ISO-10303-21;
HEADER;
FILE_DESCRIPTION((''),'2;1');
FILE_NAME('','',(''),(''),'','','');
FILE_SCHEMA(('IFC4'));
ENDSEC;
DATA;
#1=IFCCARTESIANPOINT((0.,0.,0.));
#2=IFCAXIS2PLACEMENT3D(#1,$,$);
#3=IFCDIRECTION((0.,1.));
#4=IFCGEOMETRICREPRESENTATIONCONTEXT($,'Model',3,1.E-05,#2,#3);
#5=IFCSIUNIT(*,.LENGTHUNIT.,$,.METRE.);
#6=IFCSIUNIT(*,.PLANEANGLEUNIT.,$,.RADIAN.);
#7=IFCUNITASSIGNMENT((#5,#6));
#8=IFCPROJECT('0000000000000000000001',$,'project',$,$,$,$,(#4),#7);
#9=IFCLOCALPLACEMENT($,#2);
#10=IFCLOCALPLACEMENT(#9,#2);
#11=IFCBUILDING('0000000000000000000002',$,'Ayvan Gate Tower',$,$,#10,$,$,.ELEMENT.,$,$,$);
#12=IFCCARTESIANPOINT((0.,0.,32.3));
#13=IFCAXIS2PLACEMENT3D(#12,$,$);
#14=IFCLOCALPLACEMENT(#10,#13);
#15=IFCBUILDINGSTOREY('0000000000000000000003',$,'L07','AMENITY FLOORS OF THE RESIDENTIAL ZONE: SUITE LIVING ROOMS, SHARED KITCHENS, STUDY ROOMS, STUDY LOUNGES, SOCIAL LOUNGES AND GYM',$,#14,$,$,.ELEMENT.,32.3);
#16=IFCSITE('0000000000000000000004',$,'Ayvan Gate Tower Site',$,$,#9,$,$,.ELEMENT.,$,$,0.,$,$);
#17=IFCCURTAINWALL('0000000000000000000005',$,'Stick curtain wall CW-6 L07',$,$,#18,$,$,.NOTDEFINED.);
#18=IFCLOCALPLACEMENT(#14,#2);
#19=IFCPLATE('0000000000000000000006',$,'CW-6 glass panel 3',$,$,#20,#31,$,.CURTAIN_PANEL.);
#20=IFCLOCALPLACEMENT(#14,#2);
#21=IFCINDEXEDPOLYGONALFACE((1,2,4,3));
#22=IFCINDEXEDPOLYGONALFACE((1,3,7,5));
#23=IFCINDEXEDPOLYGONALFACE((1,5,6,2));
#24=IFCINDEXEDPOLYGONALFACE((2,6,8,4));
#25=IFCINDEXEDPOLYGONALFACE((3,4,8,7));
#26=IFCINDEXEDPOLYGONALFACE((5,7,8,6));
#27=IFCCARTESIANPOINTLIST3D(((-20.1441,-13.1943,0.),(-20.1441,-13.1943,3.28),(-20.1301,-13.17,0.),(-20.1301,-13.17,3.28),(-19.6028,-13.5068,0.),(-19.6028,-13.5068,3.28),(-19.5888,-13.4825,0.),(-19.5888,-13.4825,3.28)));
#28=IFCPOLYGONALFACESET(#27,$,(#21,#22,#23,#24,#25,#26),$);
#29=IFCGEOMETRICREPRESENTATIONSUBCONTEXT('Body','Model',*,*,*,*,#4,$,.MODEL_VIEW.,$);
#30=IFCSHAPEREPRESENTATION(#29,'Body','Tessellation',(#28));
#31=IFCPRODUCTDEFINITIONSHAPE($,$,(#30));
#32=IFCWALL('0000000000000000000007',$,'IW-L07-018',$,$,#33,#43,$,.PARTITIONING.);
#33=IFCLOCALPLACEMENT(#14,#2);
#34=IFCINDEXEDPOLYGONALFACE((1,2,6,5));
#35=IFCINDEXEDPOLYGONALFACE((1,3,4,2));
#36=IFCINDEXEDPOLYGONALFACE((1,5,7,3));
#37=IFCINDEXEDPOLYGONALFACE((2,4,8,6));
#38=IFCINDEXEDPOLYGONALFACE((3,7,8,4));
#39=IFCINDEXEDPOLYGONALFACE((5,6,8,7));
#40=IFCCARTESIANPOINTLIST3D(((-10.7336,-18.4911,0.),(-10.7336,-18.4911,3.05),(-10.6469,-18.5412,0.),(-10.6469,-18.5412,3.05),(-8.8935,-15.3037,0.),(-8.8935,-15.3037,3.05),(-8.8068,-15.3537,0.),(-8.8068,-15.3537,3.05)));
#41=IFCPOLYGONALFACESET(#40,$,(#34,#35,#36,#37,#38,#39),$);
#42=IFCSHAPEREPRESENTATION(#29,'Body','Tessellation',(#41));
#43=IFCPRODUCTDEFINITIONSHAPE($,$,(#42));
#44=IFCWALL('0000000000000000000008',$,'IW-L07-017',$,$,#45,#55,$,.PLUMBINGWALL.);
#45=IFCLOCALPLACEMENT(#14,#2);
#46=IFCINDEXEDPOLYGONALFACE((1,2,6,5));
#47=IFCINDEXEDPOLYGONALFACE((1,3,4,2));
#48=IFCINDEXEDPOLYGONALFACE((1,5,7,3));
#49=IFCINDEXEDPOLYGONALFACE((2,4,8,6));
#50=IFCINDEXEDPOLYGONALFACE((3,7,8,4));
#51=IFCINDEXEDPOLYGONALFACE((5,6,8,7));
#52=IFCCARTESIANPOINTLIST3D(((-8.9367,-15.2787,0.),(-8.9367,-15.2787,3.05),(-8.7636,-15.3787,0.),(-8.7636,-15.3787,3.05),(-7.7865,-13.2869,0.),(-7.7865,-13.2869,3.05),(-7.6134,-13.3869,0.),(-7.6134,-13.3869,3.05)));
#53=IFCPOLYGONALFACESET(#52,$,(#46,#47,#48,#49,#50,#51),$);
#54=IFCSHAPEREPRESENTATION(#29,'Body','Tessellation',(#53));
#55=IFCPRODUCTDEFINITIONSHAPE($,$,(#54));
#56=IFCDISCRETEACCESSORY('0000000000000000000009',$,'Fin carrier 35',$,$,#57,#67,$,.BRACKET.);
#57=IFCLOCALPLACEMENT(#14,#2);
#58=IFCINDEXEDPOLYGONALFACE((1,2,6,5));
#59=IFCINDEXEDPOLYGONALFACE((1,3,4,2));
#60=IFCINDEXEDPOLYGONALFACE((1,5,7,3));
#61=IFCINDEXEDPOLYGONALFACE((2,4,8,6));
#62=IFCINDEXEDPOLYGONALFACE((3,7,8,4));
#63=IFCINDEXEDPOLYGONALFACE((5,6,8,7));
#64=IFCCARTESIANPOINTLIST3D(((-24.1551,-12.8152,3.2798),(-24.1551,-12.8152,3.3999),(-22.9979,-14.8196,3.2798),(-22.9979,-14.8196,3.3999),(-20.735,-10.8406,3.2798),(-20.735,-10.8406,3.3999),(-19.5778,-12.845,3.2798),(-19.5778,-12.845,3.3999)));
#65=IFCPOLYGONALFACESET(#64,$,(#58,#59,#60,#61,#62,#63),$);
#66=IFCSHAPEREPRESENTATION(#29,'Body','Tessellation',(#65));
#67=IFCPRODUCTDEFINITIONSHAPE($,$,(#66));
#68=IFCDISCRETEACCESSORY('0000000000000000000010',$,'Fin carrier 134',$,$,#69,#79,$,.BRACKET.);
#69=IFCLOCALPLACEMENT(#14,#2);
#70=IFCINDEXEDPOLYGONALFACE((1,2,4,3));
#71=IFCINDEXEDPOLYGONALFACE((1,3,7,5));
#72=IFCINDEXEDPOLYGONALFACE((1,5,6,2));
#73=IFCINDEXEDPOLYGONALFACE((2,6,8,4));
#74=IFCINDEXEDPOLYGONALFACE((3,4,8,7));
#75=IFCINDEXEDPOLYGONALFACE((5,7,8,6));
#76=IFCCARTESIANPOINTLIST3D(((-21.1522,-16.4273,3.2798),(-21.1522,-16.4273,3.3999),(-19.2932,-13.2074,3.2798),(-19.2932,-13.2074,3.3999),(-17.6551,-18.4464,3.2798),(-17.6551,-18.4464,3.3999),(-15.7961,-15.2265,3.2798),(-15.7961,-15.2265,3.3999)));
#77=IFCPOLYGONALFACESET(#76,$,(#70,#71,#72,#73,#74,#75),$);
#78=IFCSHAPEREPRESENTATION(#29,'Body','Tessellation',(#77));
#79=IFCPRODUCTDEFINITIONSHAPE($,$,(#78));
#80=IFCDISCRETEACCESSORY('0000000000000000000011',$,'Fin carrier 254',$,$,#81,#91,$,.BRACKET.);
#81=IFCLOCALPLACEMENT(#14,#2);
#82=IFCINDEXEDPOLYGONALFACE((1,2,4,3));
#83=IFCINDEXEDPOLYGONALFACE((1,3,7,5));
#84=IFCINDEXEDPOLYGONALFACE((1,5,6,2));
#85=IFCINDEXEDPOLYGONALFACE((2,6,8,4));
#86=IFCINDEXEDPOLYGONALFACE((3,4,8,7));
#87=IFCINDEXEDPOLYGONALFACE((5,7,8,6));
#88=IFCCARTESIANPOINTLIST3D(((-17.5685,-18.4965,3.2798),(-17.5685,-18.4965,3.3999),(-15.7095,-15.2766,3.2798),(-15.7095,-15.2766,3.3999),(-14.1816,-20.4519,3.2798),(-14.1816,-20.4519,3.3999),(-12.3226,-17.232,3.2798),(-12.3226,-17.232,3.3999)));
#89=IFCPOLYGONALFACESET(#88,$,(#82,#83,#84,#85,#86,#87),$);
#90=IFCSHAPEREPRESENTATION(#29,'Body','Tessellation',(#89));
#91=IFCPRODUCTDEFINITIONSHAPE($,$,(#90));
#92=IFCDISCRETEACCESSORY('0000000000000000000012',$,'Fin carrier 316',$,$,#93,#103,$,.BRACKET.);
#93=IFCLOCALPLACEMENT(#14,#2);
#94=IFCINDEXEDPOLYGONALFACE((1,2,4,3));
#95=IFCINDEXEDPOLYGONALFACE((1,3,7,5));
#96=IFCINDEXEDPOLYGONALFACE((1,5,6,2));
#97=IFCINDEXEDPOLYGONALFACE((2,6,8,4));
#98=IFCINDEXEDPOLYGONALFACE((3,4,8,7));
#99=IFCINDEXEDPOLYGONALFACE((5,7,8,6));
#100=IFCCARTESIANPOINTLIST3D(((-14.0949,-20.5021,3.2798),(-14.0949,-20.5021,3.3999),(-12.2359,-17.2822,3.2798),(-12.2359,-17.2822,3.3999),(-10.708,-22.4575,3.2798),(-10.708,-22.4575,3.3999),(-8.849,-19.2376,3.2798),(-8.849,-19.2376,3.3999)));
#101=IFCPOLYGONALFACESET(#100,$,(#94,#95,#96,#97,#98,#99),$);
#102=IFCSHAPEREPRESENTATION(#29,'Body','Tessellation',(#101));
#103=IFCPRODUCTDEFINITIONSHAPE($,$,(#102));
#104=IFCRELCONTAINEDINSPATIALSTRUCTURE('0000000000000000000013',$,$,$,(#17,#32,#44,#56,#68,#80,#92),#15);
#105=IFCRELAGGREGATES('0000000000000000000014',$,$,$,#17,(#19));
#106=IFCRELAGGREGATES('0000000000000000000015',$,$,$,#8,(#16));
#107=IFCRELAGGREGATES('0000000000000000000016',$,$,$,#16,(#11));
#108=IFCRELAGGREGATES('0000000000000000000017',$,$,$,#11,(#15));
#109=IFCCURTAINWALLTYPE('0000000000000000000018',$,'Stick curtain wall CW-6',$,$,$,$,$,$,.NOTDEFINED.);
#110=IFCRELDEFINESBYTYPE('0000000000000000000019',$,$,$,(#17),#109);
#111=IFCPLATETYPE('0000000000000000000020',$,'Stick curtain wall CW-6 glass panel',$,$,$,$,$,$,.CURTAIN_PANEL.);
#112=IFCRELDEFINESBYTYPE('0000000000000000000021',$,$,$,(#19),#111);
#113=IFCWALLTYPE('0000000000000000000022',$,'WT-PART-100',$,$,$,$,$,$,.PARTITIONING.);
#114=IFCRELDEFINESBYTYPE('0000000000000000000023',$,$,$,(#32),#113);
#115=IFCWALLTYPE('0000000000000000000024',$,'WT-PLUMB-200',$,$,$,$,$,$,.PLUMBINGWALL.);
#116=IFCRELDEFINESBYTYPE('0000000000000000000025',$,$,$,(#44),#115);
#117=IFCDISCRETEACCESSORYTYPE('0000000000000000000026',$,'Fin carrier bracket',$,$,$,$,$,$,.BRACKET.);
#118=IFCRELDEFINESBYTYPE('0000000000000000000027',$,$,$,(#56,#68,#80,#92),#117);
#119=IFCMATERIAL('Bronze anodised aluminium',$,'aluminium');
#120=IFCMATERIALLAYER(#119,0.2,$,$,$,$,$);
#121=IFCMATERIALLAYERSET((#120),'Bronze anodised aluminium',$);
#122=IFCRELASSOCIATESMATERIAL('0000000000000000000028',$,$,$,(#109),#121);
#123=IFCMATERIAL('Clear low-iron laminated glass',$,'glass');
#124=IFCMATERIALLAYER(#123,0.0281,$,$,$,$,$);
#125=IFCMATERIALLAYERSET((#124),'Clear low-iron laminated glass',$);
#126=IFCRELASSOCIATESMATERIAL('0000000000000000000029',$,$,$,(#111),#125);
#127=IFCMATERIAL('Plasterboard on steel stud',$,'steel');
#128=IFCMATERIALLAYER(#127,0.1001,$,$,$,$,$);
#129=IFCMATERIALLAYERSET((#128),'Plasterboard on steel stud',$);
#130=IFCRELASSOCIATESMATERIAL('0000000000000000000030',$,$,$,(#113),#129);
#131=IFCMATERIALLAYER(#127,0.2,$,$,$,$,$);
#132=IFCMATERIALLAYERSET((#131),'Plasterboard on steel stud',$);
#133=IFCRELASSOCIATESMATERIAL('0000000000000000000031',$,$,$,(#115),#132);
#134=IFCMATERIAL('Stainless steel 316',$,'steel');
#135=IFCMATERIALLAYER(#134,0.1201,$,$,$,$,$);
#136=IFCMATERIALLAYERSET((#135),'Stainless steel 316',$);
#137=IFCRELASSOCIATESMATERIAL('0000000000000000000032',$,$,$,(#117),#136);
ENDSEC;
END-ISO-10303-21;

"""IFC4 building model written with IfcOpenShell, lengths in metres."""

from ifc_helpers import new_model, si_unit, direction, frame, frame_2d, origin, origin_2d, place, context, subcontext, project, spatial, rectangle, extrude, material, layer, layer_set, type_object, element, aggregate, save


model = new_model("IFC4")

# Units and contexts
model_context = context("Model", 3, precision=1e-05, world=origin(), true_north=direction((0.0, 1.0)))
body_context = subcontext(model_context, "Body", "Model", "MODEL_VIEW")
ifc_project = project(units=[si_unit("LENGTHUNIT", "METRE"), si_unit("PLANEANGLEUNIT", "RADIAN")], contexts=[model_context])

# Site, building, storey
site_placement = place(None, origin())
site = spatial("IfcSite", under=ifc_project, at=site_placement, Name="Ayvan Gate Tower Site", CompositionType="ELEMENT", RefElevation=0.0)
building_placement = place(site_placement, origin())
building = spatial("IfcBuilding", under=site, at=building_placement, Name="Ayvan Gate Tower", CompositionType="ELEMENT")
storey_placement = place(building_placement, frame((0.0, 0.0, 32.3)))
storey = spatial("IfcBuildingStorey", under=building, at=storey_placement, Name="L07", Description="AMENITY FLOORS OF THE RESIDENTIAL ZONE: SUITE LIVING ROOMS, SHARED KITCHENS, STUDY ROOMS, STUDY LOUNGES, SOCIAL LOUNGES AND GYM", CompositionType="ELEMENT", Elevation=32.3)

# Curtain wall
ifc_material_1 = material(Name="Bronze anodised aluminium", Category="aluminium")
ifc_layer_1 = layer(ifc_material_1, 0.2)
ifc_layer_set_1 = layer_set([ifc_layer_1], Name="Bronze anodised aluminium")
curtain_wall_type_1 = type_object("IfcCurtainWallType", Name="Stick curtain wall CW-6", PredefinedType="NOTDEFINED", material=ifc_layer_set_1)
curtain_wall_1_placement = place(storey_placement, origin())
curtain_wall_1 = element("IfcCurtainWall", 1, at=curtain_wall_1_placement, inside=storey, type_object=curtain_wall_type_1, Name="Stick curtain wall CW-6 L07", PredefinedType="NOTDEFINED")

# Plate
ifc_material_2 = material(Name="Clear low-iron laminated glass", Category="glass")
ifc_layer_2 = layer(ifc_material_2, 0.0281)
ifc_layer_set_2 = layer_set([ifc_layer_2], Name="Clear low-iron laminated glass")
plate_type_1 = type_object("IfcPlateType", Name="Stick curtain wall CW-6 glass panel", PredefinedType="CURTAIN_PANEL", material=ifc_layer_set_2)
plate_1_placement = place(storey_placement, frame((-19.8665, -13.3384, 0.0), z_axis=(0.0, 0.0, 1.0), x_axis=(0.866025, -0.5, 0.0)))
plate_1 = element("IfcPlate", 2, at=plate_1_placement, type_object=plate_type_1, Name="CW-6 glass panel 3", PredefinedType="CURTAIN_PANEL", context=body_context, shape_type="SweptSolid", body=[
    extrude(rectangle(XDim=0.625, YDim=0.0281, at=origin_2d()), origin(), (0.0, 0.0, 1.0), 3.28),
])
aggregate(curtain_wall_1, [plate_1])

# Walls
ifc_material_3 = material(Name="Plasterboard on steel stud", Category="steel")
ifc_layer_3 = layer(ifc_material_3, 0.1001)
ifc_layer_set_3 = layer_set([ifc_layer_3], Name="Plasterboard on steel stud")
wall_type_1 = type_object("IfcWallType", Name="WT-PART-100", PredefinedType="PARTITIONING", material=ifc_layer_set_3)
wall_1_placement = place(storey_placement, frame((-8.8501, -15.3286, 0.0), z_axis=(0.0, 0.0, 1.0), x_axis=(-0.499956, -0.866051, 0.0)))
element("IfcWall", 3, at=wall_1_placement, inside=storey, type_object=wall_type_1, Name="IW-L07-018", PredefinedType="PARTITIONING", context=body_context, shape_type="SweptSolid", body=[
    extrude(rectangle(XDim=3.6804, YDim=0.1001, at=frame_2d((1.8403, 0.0))), origin(), (0.0, 0.0, 1.0), 3.05),
])
ifc_layer_4 = layer(ifc_material_3, 0.2)
ifc_layer_set_4 = layer_set([ifc_layer_4], Name="Plasterboard on steel stud")
wall_type_2 = type_object("IfcWallType", Name="WT-PLUMB-200", PredefinedType="PLUMBINGWALL", material=ifc_layer_set_4)
wall_2_placement = place(storey_placement, frame((-8.8501, -15.3286, 0.0), z_axis=(0.0, 0.0, 1.0), x_axis=(0.500078, 0.865981, 0.0)))
element("IfcWall", 4, at=wall_2_placement, inside=storey, type_object=wall_type_2, Name="IW-L07-017", PredefinedType="PLUMBINGWALL", context=body_context, shape_type="SweptSolid", body=[
    extrude(rectangle(XDim=2.3, YDim=0.2, at=frame_2d((1.1499, 0.0))), origin(), (0.0, 0.0, 1.0), 3.05),
])

# Discrete accessories
ifc_material_4 = material(Name="Stainless steel 316", Category="steel")
ifc_layer_5 = layer(ifc_material_4, 0.1201)
ifc_layer_set_5 = layer_set([ifc_layer_5], Name="Stainless steel 316")
discrete_accessory_type = type_object("IfcDiscreteAccessoryType", Name="Fin carrier bracket", PredefinedType="BRACKET", material=ifc_layer_set_5)
discrete_accessory_1_placement = place(storey_placement, frame((-21.8665, -12.8301, 3.2798), z_axis=(0.0, 0.0, 1.0), x_axis=(0.5, -0.866025, 0.0)))
element("IfcDiscreteAccessory", 5, at=discrete_accessory_1_placement, inside=storey, type_object=discrete_accessory_type, Name="Fin carrier 35", PredefinedType="BRACKET", context=body_context, shape_type="SweptSolid", body=[
    extrude(rectangle(XDim=2.3145, YDim=3.9492, at=origin_2d()), origin(), (0.0, 0.0, 1.0), 0.1201),
])
discrete_accessory_2_placement = place(storey_placement, frame((-18.4741, -15.8269, 3.2798), z_axis=(0.0, 0.0, 1.0), x_axis=(0.866025, -0.5, 0.0)))
element("IfcDiscreteAccessory", 6, at=discrete_accessory_2_placement, inside=storey, type_object=discrete_accessory_type, Name="Fin carrier 134", PredefinedType="BRACKET", context=body_context, shape_type="SweptSolid", body=[
    extrude(rectangle(XDim=4.0381, YDim=3.718, at=origin_2d()), origin(), (0.0, 0.0, 1.0), 0.1201),
])
for number, where, z_axis, x_axis, name in (
    (7, (-14.9456, -17.8643, 3.2798), (0.0, 0.0, 1.0), (0.866025, -0.5, 0.0), "Fin carrier 254"),
    (8, (-11.4719, -19.8699, 3.2798), (0.0, 0.0, 1.0), (0.866025, -0.5, 0.0), "Fin carrier 316"),
):
    element("IfcDiscreteAccessory", number, at=place(storey_placement, frame(where, z_axis=z_axis, x_axis=x_axis)), inside=storey, type_object=discrete_accessory_type, Name=name, PredefinedType="BRACKET", context=body_context, shape_type="SweptSolid", body=[
        extrude(rectangle(XDim=3.9109, YDim=3.718, at=origin_2d()), origin(), (0.0, 0.0, 1.0), 0.1201),
    ])

save(model, "model.ifc")
